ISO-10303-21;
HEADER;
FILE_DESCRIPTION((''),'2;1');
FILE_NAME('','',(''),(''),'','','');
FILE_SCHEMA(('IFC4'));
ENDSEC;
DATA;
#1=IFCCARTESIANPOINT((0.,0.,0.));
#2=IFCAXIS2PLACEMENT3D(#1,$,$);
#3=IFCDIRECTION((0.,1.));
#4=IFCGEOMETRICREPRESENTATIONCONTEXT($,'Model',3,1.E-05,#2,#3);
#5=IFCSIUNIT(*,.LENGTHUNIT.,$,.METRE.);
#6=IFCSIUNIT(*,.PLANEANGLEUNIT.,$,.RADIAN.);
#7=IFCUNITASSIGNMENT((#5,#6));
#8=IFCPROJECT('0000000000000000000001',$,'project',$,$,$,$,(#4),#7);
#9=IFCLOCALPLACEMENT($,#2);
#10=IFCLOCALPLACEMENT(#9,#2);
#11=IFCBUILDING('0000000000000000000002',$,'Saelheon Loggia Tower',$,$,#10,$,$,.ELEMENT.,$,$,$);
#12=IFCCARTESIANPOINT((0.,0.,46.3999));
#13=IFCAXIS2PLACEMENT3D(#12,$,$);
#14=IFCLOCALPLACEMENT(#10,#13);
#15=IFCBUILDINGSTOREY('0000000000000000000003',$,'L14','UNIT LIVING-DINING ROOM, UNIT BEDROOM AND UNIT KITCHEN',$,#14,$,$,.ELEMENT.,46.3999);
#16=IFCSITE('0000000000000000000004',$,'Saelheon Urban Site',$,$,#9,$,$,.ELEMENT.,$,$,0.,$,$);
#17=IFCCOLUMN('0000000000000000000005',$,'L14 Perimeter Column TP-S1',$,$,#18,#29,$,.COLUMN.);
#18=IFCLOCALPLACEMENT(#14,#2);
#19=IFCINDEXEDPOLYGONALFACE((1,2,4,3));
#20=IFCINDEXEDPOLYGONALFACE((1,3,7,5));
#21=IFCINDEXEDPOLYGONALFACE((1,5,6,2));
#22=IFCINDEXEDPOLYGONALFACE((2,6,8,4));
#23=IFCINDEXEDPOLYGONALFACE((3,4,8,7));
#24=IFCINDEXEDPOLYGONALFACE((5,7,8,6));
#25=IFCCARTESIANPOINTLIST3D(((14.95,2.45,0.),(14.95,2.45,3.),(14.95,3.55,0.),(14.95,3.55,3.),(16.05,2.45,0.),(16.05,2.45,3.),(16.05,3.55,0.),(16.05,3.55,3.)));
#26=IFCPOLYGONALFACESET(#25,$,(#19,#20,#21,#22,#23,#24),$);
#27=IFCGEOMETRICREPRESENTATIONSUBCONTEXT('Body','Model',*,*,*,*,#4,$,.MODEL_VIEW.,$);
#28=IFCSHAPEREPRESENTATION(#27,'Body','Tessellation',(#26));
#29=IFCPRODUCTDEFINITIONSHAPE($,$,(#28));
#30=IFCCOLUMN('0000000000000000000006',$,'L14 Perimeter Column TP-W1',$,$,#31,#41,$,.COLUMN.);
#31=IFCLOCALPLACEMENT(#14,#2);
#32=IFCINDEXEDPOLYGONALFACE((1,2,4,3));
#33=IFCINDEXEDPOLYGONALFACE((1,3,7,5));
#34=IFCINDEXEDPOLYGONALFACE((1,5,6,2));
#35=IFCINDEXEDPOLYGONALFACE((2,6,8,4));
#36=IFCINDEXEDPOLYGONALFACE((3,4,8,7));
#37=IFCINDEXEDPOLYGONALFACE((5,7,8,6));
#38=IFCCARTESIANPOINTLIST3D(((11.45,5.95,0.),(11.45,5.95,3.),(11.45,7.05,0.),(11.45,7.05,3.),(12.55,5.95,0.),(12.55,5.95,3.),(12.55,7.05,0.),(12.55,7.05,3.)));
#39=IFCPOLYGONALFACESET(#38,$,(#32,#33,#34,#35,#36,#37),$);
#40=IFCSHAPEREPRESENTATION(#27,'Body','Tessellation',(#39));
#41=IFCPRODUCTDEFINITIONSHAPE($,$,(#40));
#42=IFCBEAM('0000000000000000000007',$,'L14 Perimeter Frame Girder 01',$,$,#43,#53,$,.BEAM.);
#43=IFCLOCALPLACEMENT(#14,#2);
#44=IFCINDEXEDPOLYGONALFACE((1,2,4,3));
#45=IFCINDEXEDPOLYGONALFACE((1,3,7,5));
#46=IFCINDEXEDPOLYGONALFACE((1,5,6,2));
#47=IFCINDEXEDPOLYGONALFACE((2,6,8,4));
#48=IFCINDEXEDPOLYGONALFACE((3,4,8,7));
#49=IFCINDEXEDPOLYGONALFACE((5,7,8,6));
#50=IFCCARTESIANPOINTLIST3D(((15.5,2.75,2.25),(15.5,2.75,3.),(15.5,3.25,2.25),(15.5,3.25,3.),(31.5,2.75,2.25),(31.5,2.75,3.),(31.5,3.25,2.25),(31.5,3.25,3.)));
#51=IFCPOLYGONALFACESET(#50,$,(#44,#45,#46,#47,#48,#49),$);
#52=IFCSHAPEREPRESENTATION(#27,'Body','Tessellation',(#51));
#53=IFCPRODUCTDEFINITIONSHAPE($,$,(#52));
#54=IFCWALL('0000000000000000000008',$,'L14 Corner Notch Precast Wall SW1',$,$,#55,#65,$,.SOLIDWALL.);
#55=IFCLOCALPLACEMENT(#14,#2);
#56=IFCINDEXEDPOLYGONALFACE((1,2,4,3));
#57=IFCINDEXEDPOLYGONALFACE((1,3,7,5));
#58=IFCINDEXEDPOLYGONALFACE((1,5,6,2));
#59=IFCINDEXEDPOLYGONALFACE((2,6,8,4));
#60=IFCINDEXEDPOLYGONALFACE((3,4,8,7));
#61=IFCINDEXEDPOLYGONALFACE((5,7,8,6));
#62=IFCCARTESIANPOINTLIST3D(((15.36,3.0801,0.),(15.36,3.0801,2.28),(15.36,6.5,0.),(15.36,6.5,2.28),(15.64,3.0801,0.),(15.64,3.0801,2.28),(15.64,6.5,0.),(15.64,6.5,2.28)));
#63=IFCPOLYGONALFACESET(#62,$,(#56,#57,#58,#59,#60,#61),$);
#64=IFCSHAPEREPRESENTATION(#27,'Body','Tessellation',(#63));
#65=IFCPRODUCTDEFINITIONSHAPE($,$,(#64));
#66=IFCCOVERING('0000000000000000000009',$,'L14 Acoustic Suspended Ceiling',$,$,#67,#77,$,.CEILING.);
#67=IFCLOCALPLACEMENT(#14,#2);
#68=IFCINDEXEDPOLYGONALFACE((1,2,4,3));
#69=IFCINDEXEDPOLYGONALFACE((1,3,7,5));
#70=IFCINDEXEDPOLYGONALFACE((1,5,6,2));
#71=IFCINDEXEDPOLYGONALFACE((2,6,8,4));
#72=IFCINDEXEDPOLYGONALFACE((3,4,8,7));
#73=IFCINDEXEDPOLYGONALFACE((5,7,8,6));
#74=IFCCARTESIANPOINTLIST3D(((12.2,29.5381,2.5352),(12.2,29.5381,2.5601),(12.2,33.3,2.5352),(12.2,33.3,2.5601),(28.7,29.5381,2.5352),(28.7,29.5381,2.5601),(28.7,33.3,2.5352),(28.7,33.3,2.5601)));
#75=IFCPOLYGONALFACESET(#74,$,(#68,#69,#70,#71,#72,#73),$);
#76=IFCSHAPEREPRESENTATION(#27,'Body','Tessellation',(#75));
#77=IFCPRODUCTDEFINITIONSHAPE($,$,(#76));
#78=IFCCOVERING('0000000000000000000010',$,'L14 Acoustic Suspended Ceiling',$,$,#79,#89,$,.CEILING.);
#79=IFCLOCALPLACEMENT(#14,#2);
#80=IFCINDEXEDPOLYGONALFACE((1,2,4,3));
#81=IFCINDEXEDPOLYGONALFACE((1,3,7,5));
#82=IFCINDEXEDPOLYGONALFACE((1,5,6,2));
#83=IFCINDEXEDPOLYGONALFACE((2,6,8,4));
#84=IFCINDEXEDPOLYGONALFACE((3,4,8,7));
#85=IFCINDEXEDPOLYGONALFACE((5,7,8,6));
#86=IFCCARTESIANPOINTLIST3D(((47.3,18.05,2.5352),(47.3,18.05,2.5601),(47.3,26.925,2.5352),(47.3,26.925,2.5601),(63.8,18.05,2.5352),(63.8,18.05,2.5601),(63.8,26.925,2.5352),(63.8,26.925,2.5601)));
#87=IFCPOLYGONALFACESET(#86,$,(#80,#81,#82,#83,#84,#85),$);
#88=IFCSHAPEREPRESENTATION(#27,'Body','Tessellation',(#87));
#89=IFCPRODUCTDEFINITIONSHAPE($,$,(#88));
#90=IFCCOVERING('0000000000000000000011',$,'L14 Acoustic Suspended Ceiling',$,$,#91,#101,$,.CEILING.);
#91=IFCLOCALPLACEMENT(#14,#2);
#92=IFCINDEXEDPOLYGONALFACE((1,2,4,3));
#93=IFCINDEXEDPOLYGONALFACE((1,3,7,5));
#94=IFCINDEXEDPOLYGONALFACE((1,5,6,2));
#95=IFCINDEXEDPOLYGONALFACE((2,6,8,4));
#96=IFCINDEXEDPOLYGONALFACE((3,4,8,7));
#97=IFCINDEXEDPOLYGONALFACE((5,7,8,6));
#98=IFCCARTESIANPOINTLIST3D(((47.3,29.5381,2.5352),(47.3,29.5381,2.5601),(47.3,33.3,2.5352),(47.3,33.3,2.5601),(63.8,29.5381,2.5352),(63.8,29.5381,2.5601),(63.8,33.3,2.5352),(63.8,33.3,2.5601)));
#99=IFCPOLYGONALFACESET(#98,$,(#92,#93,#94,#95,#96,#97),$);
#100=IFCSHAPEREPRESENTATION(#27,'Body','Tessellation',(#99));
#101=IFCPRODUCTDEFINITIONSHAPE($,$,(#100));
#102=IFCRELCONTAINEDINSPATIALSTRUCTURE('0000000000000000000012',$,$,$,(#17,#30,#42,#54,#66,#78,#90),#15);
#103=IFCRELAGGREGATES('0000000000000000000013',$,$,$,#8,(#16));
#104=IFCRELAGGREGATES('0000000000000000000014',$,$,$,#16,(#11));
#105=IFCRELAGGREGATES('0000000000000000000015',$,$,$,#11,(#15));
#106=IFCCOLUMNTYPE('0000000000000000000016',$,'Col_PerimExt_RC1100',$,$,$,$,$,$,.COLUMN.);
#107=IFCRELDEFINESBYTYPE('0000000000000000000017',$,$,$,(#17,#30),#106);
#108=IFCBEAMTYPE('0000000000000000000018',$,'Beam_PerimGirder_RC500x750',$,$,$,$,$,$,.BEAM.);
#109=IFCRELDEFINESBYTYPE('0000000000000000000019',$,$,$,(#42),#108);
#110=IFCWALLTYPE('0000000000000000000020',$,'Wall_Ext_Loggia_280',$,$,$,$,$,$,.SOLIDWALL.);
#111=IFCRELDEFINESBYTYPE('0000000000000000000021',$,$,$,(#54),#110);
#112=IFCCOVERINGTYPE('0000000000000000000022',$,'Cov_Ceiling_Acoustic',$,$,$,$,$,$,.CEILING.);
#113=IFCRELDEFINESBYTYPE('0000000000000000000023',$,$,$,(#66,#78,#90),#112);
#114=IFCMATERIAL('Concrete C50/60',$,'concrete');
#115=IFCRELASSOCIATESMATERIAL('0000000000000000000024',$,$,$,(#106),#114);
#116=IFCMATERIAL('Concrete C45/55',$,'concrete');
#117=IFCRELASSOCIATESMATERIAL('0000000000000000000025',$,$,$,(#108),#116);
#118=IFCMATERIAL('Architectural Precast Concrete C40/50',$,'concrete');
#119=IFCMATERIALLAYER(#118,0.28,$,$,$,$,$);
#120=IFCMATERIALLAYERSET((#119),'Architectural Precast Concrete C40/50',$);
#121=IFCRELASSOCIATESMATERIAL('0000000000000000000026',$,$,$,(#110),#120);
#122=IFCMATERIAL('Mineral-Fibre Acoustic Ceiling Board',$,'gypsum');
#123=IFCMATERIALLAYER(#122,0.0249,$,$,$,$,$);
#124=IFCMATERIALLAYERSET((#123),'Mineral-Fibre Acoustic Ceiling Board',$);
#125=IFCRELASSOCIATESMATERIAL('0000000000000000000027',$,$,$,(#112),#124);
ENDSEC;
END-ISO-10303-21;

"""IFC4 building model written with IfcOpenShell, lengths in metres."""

from ifc_helpers import new_model, si_unit, direction, frame, frame_2d, origin, origin_2d, place, context, subcontext, project, spatial, polyline, rectangle, outline, extrude, source, transform, mapped, material, layer, layer_set, material_profile, profile_set, type_object, element, save


model = new_model("IFC4")

# Units and contexts
model_context = context("Model", 3, precision=1e-05, world=origin(), true_north=direction((0.0, 1.0)))
body_context = subcontext(model_context, "Body", "Model", "MODEL_VIEW")
ifc_project = project(units=[si_unit("LENGTHUNIT", "METRE"), si_unit("PLANEANGLEUNIT", "RADIAN")], contexts=[model_context])

# Site, building, storey
site_placement = place(None, origin())
site = spatial("IfcSite", under=ifc_project, at=site_placement, Name="Saelheon Urban Site", CompositionType="ELEMENT", RefElevation=0.0)
building_placement = place(site_placement, origin())
building = spatial("IfcBuilding", under=site, at=building_placement, Name="Saelheon Loggia Tower", CompositionType="ELEMENT")
storey_placement = place(building_placement, frame((0.0, 0.0, 46.3999)))
storey = spatial("IfcBuildingStorey", under=building, at=storey_placement, Name="L14", Description="UNIT LIVING-DINING ROOM, UNIT BEDROOM AND UNIT KITCHEN", CompositionType="ELEMENT", Elevation=46.3999)

# Columns
ifc_material_1 = material(Name="Concrete C50/60", Category="concrete")
ifc_material_profile_1 = material_profile(ifc_material_1, rectangle(XDim=1.1001, YDim=1.1001, at=origin_2d()), Name="RC-1100x1100")
ifc_profile_set_1 = profile_set([ifc_material_profile_1], Name="Concrete C50/60")
column_type = type_object("IfcColumnType", Name="Col_PerimExt_RC1100", PredefinedType="COLUMN", material=ifc_profile_set_1)
shared_shape_1 = source(origin(), body_context, "Body", "SweptSolid", [
    extrude(rectangle(XDim=1.1001, YDim=1.1001, at=origin_2d()), origin(), (0.0, 0.0, 1.0), 3.0),
])
for number, where, z_axis, x_axis, name in (
    (1, (15.5, 3.0, 0.0), (0.0, 0.0, 1.0), (1.0, 0.0, 0.0), "L14 Perimeter Column TP-S1"),
    (2, (12.0, 6.5, 0.0), (0.0, 0.0, 1.0), (1.0, 0.0, 0.0), "L14 Perimeter Column TP-W1"),
):
    element("IfcColumn", number, at=place(storey_placement, frame(where, z_axis=z_axis, x_axis=x_axis)), inside=storey, type_object=column_type, Name=name, PredefinedType="COLUMN", context=body_context, shape_type="MappedRepresentation", body=[
        mapped(shared_shape_1, transform((0.0, 0.0, 0.0), scale=1.0)),
    ])

# Beam
ifc_material_2 = material(Name="Concrete C45/55", Category="concrete")
ifc_material_profile_2 = material_profile(ifc_material_2, rectangle(XDim=0.5, YDim=0.75, at=origin_2d()), Name="RC-500x750")
ifc_profile_set_2 = profile_set([ifc_material_profile_2], Name="Concrete C45/55")
beam_type = type_object("IfcBeamType", Name="Beam_PerimGirder_RC500x750", PredefinedType="BEAM", material=ifc_profile_set_2)
shared_shape_2 = source(origin(), body_context, "Body", "SweptSolid", [
    extrude(rectangle(XDim=0.5, YDim=0.75, at=origin_2d()), origin(), (0.0, 0.0, 1.0), 16.0),
])
beam_placement = place(storey_placement, frame((15.5, 3.0, 2.625), z_axis=(1.0, 0.0, 0.0), x_axis=(0.0, 1.0, 0.0)))
element("IfcBeam", 3, at=beam_placement, inside=storey, type_object=beam_type, Name="L14 Perimeter Frame Girder 01", PredefinedType="BEAM", context=body_context, shape_type="MappedRepresentation", body=[
    mapped(shared_shape_2, transform((0.0, 0.0, 0.0), scale=1.0)),
])

# Shared definitions
ifc_material_3 = material(Name="Architectural Precast Concrete C40/50", Category="concrete")
ifc_layer_1 = layer(ifc_material_3, 0.28)
ifc_layer_set_1 = layer_set([ifc_layer_1], Name="Architectural Precast Concrete C40/50")
wall_type = type_object("IfcWallType", Name="Wall_Ext_Loggia_280", PredefinedType="SOLIDWALL", material=ifc_layer_set_1)

# Wall
wall_1_placement = place(storey_placement, frame((15.5, 3.0801, 0.0), z_axis=(0.0, 0.0, 1.0), x_axis=(0.0, 1.0, 0.0)))
element("IfcWall", 4, at=wall_1_placement, inside=storey, type_object=wall_type, Name="L14 Corner Notch Precast Wall SW1", PredefinedType="SOLIDWALL", context=body_context, shape_type="SweptSolid", body=[
    extrude(rectangle(XDim=3.4199, YDim=0.28, at=frame_2d((1.71, 0.0))), origin(), (0.0, 0.0, 1.0), 2.28),
])

# Coverings
ifc_material_4 = material(Name="Mineral-Fibre Acoustic Ceiling Board", Category="gypsum")
ifc_layer_2 = layer(ifc_material_4, 0.0249)
ifc_layer_set_2 = layer_set([ifc_layer_2], Name="Mineral-Fibre Acoustic Ceiling Board")
covering_type = type_object("IfcCoveringType", Name="Cov_Ceiling_Acoustic", PredefinedType="CEILING", material=ifc_layer_set_2)
covering_1_placement = place(storey_placement, frame((0.0, 0.0, 2.5352)))
element("IfcCovering", 5, at=covering_1_placement, inside=storey, type_object=covering_type, Name="L14 Acoustic Suspended Ceiling", PredefinedType="CEILING", context=body_context, shape_type="SweptSolid", body=[
    extrude(outline(polyline([(12.2, 29.5381), (28.7, 29.5381), (28.7, 33.3), (12.2, 33.3), (12.2, 29.5381)])), origin(), (0.0, 0.0, 1.0), 0.0249),
])
covering_2_placement = place(storey_placement, frame((0.0, 0.0, 2.5352)))
element("IfcCovering", 6, at=covering_2_placement, inside=storey, type_object=covering_type, Name="L14 Acoustic Suspended Ceiling", PredefinedType="CEILING", context=body_context, shape_type="SweptSolid", body=[
    extrude(outline(polyline([(47.3, 18.05), (63.8, 18.05), (63.8, 26.925), (47.3, 26.925), (47.3, 18.05)])), origin(), (0.0, 0.0, 1.0), 0.0249),
])
covering_3_placement = place(storey_placement, frame((0.0, 0.0, 2.5352)))
element("IfcCovering", 7, at=covering_3_placement, inside=storey, type_object=covering_type, Name="L14 Acoustic Suspended Ceiling", PredefinedType="CEILING", context=body_context, shape_type="SweptSolid", body=[
    extrude(outline(polyline([(47.3, 29.5381), (63.8, 29.5381), (63.8, 33.3), (47.3, 33.3), (47.3, 29.5381)])), origin(), (0.0, 0.0, 1.0), 0.0249),
])

save(model, "model.ifc")
